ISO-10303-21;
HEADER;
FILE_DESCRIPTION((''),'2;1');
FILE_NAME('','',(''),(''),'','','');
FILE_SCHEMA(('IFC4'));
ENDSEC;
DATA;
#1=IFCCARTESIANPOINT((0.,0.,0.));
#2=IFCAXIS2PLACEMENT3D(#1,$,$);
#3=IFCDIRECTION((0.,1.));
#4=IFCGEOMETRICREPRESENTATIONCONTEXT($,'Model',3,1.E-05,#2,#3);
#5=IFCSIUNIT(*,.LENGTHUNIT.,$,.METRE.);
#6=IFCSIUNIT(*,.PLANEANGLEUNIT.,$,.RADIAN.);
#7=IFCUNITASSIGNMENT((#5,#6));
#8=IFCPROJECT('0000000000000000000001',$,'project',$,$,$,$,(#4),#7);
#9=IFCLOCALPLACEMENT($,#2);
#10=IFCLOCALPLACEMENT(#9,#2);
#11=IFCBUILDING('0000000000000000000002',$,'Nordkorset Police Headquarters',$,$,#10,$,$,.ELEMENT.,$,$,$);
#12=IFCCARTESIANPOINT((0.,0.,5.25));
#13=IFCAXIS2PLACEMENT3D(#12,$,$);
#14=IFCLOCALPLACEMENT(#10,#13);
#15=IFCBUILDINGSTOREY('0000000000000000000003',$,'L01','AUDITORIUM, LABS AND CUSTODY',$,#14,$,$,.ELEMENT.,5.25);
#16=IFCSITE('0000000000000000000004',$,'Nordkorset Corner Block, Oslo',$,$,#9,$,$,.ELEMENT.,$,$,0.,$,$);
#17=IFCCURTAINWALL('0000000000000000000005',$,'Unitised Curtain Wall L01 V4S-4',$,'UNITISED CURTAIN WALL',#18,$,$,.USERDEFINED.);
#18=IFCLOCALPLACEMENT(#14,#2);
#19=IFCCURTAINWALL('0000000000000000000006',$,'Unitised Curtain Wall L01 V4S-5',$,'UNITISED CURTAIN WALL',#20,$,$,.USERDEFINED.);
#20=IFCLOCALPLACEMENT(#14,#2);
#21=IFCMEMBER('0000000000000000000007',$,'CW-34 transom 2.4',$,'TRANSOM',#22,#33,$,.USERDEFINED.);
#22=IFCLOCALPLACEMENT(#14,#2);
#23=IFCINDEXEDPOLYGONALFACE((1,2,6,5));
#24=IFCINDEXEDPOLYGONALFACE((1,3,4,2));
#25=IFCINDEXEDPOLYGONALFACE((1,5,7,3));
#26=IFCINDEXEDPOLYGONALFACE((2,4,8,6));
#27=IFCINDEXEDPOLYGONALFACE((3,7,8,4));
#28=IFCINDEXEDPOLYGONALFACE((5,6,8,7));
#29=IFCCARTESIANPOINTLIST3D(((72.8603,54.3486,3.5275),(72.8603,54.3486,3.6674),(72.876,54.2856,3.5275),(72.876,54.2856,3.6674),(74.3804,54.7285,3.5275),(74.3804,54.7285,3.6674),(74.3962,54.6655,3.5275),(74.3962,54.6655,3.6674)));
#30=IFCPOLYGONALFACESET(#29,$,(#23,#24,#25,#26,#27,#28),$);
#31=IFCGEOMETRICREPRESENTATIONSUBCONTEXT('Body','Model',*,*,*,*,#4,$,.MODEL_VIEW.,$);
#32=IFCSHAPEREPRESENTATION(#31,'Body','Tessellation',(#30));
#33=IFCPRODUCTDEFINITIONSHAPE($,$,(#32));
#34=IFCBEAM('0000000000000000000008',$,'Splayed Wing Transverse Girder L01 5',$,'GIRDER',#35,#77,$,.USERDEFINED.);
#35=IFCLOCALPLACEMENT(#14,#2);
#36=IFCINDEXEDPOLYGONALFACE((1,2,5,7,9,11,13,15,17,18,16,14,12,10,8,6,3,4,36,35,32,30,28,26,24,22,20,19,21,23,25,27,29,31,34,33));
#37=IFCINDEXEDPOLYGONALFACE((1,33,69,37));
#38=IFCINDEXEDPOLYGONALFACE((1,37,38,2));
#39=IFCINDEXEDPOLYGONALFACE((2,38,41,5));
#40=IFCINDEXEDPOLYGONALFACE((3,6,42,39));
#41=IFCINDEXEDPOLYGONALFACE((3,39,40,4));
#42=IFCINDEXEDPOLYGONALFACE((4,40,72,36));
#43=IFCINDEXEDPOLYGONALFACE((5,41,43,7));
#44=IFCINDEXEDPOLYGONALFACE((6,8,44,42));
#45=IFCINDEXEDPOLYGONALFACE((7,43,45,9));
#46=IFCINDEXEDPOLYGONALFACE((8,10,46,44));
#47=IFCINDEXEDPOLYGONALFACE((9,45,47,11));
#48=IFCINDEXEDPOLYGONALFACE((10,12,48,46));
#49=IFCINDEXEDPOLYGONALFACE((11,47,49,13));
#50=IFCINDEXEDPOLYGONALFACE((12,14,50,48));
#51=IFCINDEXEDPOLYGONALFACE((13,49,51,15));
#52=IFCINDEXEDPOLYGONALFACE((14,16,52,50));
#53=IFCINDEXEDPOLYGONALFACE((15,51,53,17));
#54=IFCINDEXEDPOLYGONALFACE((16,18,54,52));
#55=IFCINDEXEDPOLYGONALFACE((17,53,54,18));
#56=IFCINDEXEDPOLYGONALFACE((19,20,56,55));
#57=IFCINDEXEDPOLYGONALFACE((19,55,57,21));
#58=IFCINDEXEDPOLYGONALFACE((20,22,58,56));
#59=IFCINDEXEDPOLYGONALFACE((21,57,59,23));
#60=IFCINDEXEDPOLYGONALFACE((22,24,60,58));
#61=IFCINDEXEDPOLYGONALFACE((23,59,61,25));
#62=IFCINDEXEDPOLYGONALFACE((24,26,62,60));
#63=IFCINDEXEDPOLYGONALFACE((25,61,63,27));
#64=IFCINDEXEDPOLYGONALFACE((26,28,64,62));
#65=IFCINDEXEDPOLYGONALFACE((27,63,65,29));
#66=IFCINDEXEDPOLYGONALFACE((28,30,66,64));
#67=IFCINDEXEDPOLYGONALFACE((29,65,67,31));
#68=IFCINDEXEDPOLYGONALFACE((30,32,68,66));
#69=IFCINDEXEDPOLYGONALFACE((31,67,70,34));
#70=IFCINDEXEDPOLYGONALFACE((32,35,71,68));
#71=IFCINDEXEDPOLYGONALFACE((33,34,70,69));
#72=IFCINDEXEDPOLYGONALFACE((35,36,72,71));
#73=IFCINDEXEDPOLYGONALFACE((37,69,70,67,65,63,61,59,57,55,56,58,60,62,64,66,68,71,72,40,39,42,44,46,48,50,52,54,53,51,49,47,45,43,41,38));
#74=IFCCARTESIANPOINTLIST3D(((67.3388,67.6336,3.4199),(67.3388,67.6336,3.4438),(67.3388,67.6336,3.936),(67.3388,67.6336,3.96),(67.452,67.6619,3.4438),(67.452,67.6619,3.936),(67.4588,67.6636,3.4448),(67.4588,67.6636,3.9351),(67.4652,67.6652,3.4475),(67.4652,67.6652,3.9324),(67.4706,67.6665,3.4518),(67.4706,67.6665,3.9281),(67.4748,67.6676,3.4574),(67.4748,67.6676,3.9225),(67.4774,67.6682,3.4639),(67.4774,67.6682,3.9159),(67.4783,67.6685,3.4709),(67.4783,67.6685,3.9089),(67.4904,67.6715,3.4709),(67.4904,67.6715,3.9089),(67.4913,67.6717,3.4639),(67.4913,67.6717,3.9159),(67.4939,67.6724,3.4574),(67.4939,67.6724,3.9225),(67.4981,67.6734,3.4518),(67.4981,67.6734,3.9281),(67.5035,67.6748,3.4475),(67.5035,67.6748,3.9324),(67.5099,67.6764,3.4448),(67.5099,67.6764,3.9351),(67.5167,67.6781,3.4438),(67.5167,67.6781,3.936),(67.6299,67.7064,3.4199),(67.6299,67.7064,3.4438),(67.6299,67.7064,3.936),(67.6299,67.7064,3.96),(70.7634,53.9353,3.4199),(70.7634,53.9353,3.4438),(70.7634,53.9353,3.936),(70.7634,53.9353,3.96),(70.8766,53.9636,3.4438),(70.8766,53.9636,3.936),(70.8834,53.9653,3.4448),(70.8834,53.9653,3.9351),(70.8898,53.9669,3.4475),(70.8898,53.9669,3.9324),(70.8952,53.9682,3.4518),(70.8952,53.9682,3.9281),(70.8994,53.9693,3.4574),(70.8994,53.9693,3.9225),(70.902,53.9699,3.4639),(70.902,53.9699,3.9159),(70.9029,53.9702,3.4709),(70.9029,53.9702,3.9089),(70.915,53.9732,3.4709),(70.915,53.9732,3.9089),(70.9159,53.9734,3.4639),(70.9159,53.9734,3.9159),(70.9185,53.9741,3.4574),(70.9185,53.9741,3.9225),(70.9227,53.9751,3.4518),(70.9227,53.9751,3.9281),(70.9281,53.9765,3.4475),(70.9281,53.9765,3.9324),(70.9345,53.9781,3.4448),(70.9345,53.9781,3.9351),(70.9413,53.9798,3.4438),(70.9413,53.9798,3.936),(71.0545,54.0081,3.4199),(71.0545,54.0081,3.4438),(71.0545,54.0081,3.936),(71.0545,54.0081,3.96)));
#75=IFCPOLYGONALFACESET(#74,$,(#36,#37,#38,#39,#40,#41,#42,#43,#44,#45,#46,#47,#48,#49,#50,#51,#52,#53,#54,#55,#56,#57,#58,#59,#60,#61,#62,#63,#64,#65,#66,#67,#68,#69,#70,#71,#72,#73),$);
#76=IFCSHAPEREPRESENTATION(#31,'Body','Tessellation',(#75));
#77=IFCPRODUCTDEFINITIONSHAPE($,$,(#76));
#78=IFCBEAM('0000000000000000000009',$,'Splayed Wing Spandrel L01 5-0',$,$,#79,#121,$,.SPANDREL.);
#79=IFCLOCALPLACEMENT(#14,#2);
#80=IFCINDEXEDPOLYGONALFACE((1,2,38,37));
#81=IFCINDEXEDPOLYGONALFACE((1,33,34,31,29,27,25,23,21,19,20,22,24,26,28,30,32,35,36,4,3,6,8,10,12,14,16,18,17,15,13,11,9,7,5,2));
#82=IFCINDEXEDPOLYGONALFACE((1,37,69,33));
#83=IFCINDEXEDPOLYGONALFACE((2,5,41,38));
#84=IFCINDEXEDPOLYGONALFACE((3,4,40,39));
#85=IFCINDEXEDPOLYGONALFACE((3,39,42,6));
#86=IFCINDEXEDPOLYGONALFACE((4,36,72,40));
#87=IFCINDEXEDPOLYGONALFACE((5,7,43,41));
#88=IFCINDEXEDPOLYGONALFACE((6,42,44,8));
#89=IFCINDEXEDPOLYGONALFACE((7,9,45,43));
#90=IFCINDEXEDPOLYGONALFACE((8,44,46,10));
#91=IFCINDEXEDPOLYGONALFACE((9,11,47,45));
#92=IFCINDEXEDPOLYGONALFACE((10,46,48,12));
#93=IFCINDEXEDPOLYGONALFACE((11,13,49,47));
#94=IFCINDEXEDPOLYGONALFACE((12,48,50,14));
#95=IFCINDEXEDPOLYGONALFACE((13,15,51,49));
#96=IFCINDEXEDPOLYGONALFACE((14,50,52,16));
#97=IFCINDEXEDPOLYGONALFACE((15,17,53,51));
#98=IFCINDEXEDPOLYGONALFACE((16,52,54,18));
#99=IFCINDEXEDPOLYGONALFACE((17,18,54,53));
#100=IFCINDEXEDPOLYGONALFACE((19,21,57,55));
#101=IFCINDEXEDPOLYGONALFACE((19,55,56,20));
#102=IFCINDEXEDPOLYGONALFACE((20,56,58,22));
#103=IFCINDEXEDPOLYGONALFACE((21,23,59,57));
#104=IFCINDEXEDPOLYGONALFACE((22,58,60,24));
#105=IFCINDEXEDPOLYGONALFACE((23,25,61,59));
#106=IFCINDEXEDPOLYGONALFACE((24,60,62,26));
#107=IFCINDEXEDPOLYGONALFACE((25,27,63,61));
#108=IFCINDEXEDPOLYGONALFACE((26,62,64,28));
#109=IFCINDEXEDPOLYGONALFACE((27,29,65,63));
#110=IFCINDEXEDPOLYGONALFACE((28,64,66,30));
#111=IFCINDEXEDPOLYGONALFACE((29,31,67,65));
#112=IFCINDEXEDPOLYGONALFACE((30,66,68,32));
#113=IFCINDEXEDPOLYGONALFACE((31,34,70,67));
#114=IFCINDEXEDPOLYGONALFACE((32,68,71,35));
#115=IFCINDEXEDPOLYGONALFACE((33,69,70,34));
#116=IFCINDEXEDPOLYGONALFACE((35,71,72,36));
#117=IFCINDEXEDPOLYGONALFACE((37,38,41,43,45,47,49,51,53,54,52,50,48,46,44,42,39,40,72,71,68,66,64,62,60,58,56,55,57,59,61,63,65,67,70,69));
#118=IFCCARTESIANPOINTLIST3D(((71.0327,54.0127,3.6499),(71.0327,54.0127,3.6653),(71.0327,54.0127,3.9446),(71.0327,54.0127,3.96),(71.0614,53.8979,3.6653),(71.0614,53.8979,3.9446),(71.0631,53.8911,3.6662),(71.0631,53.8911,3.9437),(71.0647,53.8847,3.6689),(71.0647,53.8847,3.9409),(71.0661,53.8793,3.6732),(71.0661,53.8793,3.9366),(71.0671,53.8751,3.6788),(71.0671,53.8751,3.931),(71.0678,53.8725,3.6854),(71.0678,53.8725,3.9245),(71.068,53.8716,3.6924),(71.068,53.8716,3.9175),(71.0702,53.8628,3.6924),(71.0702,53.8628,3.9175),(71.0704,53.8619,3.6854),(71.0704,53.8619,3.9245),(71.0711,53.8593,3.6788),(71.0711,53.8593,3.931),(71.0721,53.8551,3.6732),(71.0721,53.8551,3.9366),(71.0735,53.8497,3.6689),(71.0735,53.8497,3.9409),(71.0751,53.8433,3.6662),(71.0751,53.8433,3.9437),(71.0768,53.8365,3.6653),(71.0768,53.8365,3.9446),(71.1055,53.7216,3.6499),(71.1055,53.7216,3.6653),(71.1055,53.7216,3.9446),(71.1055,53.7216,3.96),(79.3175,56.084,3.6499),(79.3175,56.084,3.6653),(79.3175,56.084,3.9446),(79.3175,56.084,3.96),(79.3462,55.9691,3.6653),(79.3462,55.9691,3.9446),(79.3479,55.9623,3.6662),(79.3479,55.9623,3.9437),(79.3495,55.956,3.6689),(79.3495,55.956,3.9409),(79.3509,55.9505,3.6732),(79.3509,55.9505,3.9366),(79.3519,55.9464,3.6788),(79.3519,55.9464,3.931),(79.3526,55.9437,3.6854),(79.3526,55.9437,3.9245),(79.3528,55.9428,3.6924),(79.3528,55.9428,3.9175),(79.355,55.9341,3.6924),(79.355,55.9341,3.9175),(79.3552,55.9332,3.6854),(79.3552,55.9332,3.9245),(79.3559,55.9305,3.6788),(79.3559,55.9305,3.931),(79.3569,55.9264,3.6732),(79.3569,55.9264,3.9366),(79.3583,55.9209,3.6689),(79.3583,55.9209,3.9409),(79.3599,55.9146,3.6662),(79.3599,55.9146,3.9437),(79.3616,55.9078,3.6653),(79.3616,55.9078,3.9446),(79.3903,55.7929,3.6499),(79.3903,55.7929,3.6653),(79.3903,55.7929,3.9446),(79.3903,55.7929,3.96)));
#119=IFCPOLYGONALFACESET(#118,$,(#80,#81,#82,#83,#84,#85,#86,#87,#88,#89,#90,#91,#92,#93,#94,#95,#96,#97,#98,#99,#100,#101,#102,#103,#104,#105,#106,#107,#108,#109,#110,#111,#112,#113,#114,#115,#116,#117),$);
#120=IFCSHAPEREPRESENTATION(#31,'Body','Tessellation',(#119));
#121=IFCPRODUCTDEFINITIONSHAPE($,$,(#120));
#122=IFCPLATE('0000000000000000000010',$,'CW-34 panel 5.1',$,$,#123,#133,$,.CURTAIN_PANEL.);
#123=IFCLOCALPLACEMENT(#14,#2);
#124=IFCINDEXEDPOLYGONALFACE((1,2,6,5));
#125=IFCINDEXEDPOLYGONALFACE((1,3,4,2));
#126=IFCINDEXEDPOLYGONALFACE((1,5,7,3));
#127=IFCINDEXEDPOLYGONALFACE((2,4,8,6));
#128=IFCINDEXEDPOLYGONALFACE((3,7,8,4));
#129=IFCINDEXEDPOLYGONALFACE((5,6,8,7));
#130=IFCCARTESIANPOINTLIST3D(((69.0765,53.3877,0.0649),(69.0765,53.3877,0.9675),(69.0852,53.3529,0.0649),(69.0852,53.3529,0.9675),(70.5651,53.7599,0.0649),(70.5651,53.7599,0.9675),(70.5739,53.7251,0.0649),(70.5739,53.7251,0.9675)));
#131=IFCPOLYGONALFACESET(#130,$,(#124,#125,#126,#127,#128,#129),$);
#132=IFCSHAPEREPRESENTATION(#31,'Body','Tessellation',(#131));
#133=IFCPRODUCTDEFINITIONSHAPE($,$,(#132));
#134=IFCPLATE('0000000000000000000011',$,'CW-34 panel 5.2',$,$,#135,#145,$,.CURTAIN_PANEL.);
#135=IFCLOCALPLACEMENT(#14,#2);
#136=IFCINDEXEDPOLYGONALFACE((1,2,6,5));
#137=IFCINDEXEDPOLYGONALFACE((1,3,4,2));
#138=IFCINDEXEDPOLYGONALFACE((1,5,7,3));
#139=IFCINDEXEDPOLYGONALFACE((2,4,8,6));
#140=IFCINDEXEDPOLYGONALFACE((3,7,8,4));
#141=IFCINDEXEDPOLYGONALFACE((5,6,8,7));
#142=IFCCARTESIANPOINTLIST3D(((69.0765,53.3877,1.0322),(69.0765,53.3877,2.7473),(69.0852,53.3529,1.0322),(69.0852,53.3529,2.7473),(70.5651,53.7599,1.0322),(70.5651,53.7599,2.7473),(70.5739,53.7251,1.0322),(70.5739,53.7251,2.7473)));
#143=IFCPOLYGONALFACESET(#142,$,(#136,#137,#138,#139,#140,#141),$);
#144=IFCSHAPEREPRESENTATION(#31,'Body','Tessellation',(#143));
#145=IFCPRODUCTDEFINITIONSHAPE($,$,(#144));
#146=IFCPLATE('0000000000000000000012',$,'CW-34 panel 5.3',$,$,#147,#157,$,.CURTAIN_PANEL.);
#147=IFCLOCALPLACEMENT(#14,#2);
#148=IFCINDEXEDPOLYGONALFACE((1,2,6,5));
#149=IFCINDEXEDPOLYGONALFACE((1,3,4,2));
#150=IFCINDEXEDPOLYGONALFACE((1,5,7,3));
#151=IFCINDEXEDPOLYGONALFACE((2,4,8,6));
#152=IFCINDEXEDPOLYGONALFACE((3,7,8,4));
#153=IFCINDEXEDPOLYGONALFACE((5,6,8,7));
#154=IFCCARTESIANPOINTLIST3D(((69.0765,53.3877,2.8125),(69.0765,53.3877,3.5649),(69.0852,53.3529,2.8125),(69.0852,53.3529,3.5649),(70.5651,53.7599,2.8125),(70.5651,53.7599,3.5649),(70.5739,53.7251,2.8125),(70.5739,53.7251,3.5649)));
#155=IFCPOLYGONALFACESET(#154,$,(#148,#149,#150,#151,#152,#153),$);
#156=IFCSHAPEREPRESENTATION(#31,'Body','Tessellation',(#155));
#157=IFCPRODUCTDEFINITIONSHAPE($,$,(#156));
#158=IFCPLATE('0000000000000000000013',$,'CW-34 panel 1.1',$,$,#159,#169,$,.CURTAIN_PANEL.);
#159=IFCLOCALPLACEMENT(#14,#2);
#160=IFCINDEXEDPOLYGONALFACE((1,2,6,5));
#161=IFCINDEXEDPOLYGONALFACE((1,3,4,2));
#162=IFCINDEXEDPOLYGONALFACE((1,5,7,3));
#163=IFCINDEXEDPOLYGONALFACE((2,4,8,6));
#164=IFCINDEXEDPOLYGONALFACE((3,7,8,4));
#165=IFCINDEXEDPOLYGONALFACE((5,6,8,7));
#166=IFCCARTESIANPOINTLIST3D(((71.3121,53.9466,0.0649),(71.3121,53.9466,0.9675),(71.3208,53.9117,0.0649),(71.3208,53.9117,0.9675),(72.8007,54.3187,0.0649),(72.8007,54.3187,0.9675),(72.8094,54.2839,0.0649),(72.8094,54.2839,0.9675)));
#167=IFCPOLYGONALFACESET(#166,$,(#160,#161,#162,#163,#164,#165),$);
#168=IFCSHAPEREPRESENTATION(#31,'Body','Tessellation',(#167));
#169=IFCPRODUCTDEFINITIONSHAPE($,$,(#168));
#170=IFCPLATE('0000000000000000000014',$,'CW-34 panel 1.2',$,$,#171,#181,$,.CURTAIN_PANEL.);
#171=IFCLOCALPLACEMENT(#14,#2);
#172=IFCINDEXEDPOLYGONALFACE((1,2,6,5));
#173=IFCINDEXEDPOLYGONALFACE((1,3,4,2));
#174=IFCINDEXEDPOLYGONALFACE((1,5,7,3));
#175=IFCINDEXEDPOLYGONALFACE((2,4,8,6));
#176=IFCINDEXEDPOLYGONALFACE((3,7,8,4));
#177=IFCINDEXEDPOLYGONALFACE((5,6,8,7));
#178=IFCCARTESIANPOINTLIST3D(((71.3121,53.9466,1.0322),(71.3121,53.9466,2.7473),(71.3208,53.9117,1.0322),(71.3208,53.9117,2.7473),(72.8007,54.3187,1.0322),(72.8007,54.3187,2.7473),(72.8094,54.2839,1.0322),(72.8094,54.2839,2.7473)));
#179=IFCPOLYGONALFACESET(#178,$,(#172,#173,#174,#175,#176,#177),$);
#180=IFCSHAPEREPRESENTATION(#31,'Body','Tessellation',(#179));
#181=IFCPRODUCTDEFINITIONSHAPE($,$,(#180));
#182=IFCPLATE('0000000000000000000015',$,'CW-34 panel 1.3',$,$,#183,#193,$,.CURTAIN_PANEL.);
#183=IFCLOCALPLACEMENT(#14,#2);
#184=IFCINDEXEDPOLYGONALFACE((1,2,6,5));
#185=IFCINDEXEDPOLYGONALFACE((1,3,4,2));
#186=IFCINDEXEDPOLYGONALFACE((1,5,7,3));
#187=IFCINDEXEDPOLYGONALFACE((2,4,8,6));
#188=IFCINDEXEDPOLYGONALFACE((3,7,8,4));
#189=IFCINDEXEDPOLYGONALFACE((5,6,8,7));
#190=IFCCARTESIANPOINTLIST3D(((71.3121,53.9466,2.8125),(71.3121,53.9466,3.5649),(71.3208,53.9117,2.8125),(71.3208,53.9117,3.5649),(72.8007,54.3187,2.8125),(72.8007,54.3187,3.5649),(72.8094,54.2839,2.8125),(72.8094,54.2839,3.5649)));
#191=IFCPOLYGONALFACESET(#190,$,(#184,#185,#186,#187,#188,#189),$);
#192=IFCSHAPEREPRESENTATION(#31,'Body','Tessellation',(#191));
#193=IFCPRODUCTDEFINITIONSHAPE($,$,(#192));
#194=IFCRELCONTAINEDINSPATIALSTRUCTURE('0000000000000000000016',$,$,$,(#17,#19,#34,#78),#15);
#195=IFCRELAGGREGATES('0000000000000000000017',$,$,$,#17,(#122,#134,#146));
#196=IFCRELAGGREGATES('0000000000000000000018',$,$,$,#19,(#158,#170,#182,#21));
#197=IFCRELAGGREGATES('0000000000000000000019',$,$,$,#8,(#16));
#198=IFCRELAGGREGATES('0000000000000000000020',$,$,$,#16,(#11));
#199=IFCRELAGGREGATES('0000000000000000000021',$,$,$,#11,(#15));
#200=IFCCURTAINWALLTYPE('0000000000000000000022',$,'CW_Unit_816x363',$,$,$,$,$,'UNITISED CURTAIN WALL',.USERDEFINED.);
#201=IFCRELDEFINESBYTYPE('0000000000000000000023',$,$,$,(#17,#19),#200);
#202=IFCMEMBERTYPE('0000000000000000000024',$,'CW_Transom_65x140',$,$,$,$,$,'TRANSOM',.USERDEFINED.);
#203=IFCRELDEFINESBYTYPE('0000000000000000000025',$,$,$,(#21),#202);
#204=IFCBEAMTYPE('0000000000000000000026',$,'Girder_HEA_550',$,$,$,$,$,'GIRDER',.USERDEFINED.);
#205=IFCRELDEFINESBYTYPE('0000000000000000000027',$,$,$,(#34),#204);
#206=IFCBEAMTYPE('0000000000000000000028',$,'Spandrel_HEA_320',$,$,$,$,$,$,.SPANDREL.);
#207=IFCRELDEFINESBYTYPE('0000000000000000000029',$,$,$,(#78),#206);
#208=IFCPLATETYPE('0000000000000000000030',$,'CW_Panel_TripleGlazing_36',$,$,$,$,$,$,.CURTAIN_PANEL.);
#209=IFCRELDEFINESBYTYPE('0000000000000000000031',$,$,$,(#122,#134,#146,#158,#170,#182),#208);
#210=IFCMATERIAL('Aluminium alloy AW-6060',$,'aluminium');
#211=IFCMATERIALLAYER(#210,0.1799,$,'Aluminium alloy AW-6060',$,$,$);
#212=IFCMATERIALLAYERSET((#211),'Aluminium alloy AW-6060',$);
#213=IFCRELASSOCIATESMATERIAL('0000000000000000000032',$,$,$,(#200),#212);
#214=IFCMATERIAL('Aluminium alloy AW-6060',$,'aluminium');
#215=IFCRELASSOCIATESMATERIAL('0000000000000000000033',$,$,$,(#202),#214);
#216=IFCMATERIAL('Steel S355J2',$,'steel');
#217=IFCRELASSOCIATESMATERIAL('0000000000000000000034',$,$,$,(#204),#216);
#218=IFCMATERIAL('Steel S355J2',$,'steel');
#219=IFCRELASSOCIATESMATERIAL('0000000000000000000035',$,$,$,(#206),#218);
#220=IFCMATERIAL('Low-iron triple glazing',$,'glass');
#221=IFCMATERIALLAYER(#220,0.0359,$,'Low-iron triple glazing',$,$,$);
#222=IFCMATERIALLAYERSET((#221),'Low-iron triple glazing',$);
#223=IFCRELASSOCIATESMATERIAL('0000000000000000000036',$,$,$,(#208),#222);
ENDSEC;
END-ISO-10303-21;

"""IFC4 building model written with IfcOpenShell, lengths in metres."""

from ifc_helpers import new_model, si_unit, direction, frame, origin, origin_2d, place, context, subcontext, project, spatial, rectangle, i_section, extrude, material, layer, layer_set, material_profile, profile_set, type_object, element, aggregate, save


model = new_model("IFC4")

# Units and contexts
model_context = context("Model", 3, precision=1e-05, world=origin(), true_north=direction((0.0, 1.0)))
body_context = subcontext(model_context, "Body", "Model", "MODEL_VIEW")
ifc_project = project(units=[si_unit("LENGTHUNIT", "METRE"), si_unit("PLANEANGLEUNIT", "RADIAN")], contexts=[model_context])

# Site, building, storey
site_placement = place(None, origin())
site = spatial("IfcSite", under=ifc_project, at=site_placement, Name="Nordkorset Corner Block, Oslo", CompositionType="ELEMENT", RefElevation=0.0)
building_placement = place(site_placement, origin())
building = spatial("IfcBuilding", under=site, at=building_placement, Name="Nordkorset Police Headquarters", CompositionType="ELEMENT")
storey_placement = place(building_placement, frame((0.0, 0.0, 5.25)))
storey = spatial("IfcBuildingStorey", under=building, at=storey_placement, Name="L01", Description="AUDITORIUM, LABS AND CUSTODY", CompositionType="ELEMENT", Elevation=5.25)

# Curtain wall
ifc_material_1 = material(Name="Aluminium alloy AW-6060", Category="aluminium")
ifc_layer_1 = layer(ifc_material_1, 0.1799, Name="Aluminium alloy AW-6060")
ifc_layer_set_1 = layer_set([ifc_layer_1], Name="Aluminium alloy AW-6060")
curtain_wall_type = type_object("IfcCurtainWallType", Name="CW_Unit_816x363", ElementType="UNITISED CURTAIN WALL", PredefinedType="USERDEFINED", material=ifc_layer_set_1)
curtain_wall_1_placement = place(storey_placement, origin())
curtain_wall_1 = element("IfcCurtainWall", 1, at=curtain_wall_1_placement, inside=storey, type_object=curtain_wall_type, Name="Unitised Curtain Wall L01 V4S-4", ObjectType="UNITISED CURTAIN WALL", PredefinedType="USERDEFINED")

# Curtain wall, member
curtain_wall_2_placement = place(storey_placement, origin())
curtain_wall_2 = element("IfcCurtainWall", 2, at=curtain_wall_2_placement, inside=storey, type_object=curtain_wall_type, Name="Unitised Curtain Wall L01 V4S-5", ObjectType="UNITISED CURTAIN WALL", PredefinedType="USERDEFINED")
ifc_material_2 = material(Name="Aluminium alloy AW-6060", Category="aluminium")
ifc_material_profile_1 = material_profile(ifc_material_2, rectangle(XDim=0.0649, YDim=0.1399, at=origin_2d()), Name="ALU TRAN 65x140")
ifc_profile_set_1 = profile_set([ifc_material_profile_1], Name="Aluminium alloy AW-6060")
member_type_1 = type_object("IfcMemberType", Name="CW_Transom_65x140", ElementType="TRANSOM", PredefinedType="USERDEFINED", material=ifc_profile_set_1)
member_1_placement = place(storey_placement, frame((72.8682, 54.3171, 3.5974), z_axis=(0.97017, 0.242426, 0.0), x_axis=(-0.242426, 0.97017, 0.0)))
member_1 = element("IfcMember", 3, at=member_1_placement, type_object=member_type_1, Name="CW-34 transom 2.4", ObjectType="TRANSOM", PredefinedType="USERDEFINED", context=body_context, shape_type="SweptSolid", body=[
    extrude(rectangle(XDim=0.0649, YDim=0.1399, at=origin_2d()), origin(), (0.0, 0.0, 1.0), 1.5669),
])

# Beams
ifc_material_3 = material(Name="Steel S355J2", Category="steel")
ifc_material_profile_2 = material_profile(ifc_material_3, i_section(OverallWidth=0.3, OverallDepth=0.54, WebThickness=0.0125, FlangeThickness=0.0239, FilletRadius=0.0271, at=origin_2d()), Name="HEA 550")
ifc_profile_set_2 = profile_set([ifc_material_profile_2], Name="Steel S355J2")
beam_type_1 = type_object("IfcBeamType", Name="Girder_HEA_550", ElementType="GIRDER", PredefinedType="USERDEFINED", material=ifc_profile_set_2)
beam_1_placement = place(storey_placement, frame((70.9089, 53.9717, 3.6899), z_axis=(-0.242536, 0.970143, 0.0), x_axis=(-0.970143, -0.242536, 0.0)))
element("IfcBeam", 4, at=beam_1_placement, inside=storey, type_object=beam_type_1, Name="Splayed Wing Transverse Girder L01 5", ObjectType="GIRDER", PredefinedType="USERDEFINED", context=body_context, shape_type="SweptSolid", body=[
    extrude(i_section(OverallWidth=0.3, OverallDepth=0.54, WebThickness=0.0125, FlangeThickness=0.0239, FilletRadius=0.0271, at=origin_2d()), origin(), (0.0, 0.0, 1.0), 14.1199),
])
ifc_material_4 = material(Name="Steel S355J2", Category="steel")
ifc_material_profile_3 = material_profile(ifc_material_4, i_section(OverallWidth=0.3, OverallDepth=0.3101, WebThickness=0.009, FlangeThickness=0.0154, FilletRadius=0.0271, at=origin_2d()), Name="HEA 320")
ifc_profile_set_3 = profile_set([ifc_material_profile_3], Name="Steel S355J2")
beam_type_2 = type_object("IfcBeamType", Name="Spandrel_HEA_320", PredefinedType="SPANDREL", material=ifc_profile_set_3)
beam_2_placement = place(storey_placement, frame((71.0691, 53.8672, 3.8049), z_axis=(0.970141, 0.242542, 0.0), x_axis=(-0.242542, 0.970141, 0.0)))
element("IfcBeam", 5, at=beam_2_placement, inside=storey, type_object=beam_type_2, Name="Splayed Wing Spandrel L01 5-0", PredefinedType="SPANDREL", context=body_context, shape_type="SweptSolid", body=[
    extrude(i_section(OverallWidth=0.3, OverallDepth=0.3101, WebThickness=0.009, FlangeThickness=0.0154, FilletRadius=0.0271, at=origin_2d()), origin(), (0.0, 0.0, 1.0), 8.5398),
])

# Plates
ifc_material_5 = material(Name="Low-iron triple glazing", Category="glass")
ifc_layer_2 = layer(ifc_material_5, 0.0359, Name="Low-iron triple glazing")
ifc_layer_set_2 = layer_set([ifc_layer_2], Name="Low-iron triple glazing")
plate_type = type_object("IfcPlateType", Name="CW_Panel_TripleGlazing_36", PredefinedType="CURTAIN_PANEL", material=ifc_layer_set_2)
plate_1_placement = place(storey_placement, frame((69.8252, 53.5564, 0.0649), z_axis=(0.0, 0.0, 1.0), x_axis=(0.970143, 0.242536, 0.0)))
plate_1 = element("IfcPlate", 6, at=plate_1_placement, type_object=plate_type, Name="CW-34 panel 5.1", PredefinedType="CURTAIN_PANEL", context=body_context, shape_type="SweptSolid", body=[
    extrude(rectangle(XDim=1.5344, YDim=0.0359, at=origin_2d()), origin(), (0.0, 0.0, 1.0), 0.9026),
])
plate_2_placement = place(storey_placement, frame((69.8252, 53.5564, 1.0322), z_axis=(0.0, 0.0, 1.0), x_axis=(0.970143, 0.242536, 0.0)))
plate_2 = element("IfcPlate", 7, at=plate_2_placement, type_object=plate_type, Name="CW-34 panel 5.2", PredefinedType="CURTAIN_PANEL", context=body_context, shape_type="SweptSolid", body=[
    extrude(rectangle(XDim=1.5344, YDim=0.0359, at=origin_2d()), origin(), (0.0, 0.0, 1.0), 1.7151),
])
plate_3_placement = place(storey_placement, frame((69.8252, 53.5564, 2.8125), z_axis=(0.0, 0.0, 1.0), x_axis=(0.970143, 0.242536, 0.0)))
plate_3 = element("IfcPlate", 8, at=plate_3_placement, type_object=plate_type, Name="CW-34 panel 5.3", PredefinedType="CURTAIN_PANEL", context=body_context, shape_type="SweptSolid", body=[
    extrude(rectangle(XDim=1.5344, YDim=0.0359, at=origin_2d()), origin(), (0.0, 0.0, 1.0), 0.7524),
])
aggregate(curtain_wall_1, [plate_1, plate_2, plate_3])
plate_4_placement = place(storey_placement, frame((72.0608, 54.1152, 0.0649), z_axis=(0.0, 0.0, 1.0), x_axis=(0.970143, 0.242536, 0.0)))
plate_4 = element("IfcPlate", 9, at=plate_4_placement, type_object=plate_type, Name="CW-34 panel 1.1", PredefinedType="CURTAIN_PANEL", context=body_context, shape_type="SweptSolid", body=[
    extrude(rectangle(XDim=1.5344, YDim=0.0359, at=origin_2d()), origin(), (0.0, 0.0, 1.0), 0.9026),
])
plate_5_placement = place(storey_placement, frame((72.0608, 54.1152, 1.0322), z_axis=(0.0, 0.0, 1.0), x_axis=(0.970143, 0.242536, 0.0)))
plate_5 = element("IfcPlate", 10, at=plate_5_placement, type_object=plate_type, Name="CW-34 panel 1.2", PredefinedType="CURTAIN_PANEL", context=body_context, shape_type="SweptSolid", body=[
    extrude(rectangle(XDim=1.5344, YDim=0.0359, at=origin_2d()), origin(), (0.0, 0.0, 1.0), 1.7151),
])
plate_6_placement = place(storey_placement, frame((72.0608, 54.1152, 2.8125), z_axis=(0.0, 0.0, 1.0), x_axis=(0.970143, 0.242536, 0.0)))
plate_6 = element("IfcPlate", 11, at=plate_6_placement, type_object=plate_type, Name="CW-34 panel 1.3", PredefinedType="CURTAIN_PANEL", context=body_context, shape_type="SweptSolid", body=[
    extrude(rectangle(XDim=1.5344, YDim=0.0359, at=origin_2d()), origin(), (0.0, 0.0, 1.0), 0.7524),
])
aggregate(curtain_wall_2, [plate_4, plate_5, plate_6, member_1])

save(model, "model.ifc")
